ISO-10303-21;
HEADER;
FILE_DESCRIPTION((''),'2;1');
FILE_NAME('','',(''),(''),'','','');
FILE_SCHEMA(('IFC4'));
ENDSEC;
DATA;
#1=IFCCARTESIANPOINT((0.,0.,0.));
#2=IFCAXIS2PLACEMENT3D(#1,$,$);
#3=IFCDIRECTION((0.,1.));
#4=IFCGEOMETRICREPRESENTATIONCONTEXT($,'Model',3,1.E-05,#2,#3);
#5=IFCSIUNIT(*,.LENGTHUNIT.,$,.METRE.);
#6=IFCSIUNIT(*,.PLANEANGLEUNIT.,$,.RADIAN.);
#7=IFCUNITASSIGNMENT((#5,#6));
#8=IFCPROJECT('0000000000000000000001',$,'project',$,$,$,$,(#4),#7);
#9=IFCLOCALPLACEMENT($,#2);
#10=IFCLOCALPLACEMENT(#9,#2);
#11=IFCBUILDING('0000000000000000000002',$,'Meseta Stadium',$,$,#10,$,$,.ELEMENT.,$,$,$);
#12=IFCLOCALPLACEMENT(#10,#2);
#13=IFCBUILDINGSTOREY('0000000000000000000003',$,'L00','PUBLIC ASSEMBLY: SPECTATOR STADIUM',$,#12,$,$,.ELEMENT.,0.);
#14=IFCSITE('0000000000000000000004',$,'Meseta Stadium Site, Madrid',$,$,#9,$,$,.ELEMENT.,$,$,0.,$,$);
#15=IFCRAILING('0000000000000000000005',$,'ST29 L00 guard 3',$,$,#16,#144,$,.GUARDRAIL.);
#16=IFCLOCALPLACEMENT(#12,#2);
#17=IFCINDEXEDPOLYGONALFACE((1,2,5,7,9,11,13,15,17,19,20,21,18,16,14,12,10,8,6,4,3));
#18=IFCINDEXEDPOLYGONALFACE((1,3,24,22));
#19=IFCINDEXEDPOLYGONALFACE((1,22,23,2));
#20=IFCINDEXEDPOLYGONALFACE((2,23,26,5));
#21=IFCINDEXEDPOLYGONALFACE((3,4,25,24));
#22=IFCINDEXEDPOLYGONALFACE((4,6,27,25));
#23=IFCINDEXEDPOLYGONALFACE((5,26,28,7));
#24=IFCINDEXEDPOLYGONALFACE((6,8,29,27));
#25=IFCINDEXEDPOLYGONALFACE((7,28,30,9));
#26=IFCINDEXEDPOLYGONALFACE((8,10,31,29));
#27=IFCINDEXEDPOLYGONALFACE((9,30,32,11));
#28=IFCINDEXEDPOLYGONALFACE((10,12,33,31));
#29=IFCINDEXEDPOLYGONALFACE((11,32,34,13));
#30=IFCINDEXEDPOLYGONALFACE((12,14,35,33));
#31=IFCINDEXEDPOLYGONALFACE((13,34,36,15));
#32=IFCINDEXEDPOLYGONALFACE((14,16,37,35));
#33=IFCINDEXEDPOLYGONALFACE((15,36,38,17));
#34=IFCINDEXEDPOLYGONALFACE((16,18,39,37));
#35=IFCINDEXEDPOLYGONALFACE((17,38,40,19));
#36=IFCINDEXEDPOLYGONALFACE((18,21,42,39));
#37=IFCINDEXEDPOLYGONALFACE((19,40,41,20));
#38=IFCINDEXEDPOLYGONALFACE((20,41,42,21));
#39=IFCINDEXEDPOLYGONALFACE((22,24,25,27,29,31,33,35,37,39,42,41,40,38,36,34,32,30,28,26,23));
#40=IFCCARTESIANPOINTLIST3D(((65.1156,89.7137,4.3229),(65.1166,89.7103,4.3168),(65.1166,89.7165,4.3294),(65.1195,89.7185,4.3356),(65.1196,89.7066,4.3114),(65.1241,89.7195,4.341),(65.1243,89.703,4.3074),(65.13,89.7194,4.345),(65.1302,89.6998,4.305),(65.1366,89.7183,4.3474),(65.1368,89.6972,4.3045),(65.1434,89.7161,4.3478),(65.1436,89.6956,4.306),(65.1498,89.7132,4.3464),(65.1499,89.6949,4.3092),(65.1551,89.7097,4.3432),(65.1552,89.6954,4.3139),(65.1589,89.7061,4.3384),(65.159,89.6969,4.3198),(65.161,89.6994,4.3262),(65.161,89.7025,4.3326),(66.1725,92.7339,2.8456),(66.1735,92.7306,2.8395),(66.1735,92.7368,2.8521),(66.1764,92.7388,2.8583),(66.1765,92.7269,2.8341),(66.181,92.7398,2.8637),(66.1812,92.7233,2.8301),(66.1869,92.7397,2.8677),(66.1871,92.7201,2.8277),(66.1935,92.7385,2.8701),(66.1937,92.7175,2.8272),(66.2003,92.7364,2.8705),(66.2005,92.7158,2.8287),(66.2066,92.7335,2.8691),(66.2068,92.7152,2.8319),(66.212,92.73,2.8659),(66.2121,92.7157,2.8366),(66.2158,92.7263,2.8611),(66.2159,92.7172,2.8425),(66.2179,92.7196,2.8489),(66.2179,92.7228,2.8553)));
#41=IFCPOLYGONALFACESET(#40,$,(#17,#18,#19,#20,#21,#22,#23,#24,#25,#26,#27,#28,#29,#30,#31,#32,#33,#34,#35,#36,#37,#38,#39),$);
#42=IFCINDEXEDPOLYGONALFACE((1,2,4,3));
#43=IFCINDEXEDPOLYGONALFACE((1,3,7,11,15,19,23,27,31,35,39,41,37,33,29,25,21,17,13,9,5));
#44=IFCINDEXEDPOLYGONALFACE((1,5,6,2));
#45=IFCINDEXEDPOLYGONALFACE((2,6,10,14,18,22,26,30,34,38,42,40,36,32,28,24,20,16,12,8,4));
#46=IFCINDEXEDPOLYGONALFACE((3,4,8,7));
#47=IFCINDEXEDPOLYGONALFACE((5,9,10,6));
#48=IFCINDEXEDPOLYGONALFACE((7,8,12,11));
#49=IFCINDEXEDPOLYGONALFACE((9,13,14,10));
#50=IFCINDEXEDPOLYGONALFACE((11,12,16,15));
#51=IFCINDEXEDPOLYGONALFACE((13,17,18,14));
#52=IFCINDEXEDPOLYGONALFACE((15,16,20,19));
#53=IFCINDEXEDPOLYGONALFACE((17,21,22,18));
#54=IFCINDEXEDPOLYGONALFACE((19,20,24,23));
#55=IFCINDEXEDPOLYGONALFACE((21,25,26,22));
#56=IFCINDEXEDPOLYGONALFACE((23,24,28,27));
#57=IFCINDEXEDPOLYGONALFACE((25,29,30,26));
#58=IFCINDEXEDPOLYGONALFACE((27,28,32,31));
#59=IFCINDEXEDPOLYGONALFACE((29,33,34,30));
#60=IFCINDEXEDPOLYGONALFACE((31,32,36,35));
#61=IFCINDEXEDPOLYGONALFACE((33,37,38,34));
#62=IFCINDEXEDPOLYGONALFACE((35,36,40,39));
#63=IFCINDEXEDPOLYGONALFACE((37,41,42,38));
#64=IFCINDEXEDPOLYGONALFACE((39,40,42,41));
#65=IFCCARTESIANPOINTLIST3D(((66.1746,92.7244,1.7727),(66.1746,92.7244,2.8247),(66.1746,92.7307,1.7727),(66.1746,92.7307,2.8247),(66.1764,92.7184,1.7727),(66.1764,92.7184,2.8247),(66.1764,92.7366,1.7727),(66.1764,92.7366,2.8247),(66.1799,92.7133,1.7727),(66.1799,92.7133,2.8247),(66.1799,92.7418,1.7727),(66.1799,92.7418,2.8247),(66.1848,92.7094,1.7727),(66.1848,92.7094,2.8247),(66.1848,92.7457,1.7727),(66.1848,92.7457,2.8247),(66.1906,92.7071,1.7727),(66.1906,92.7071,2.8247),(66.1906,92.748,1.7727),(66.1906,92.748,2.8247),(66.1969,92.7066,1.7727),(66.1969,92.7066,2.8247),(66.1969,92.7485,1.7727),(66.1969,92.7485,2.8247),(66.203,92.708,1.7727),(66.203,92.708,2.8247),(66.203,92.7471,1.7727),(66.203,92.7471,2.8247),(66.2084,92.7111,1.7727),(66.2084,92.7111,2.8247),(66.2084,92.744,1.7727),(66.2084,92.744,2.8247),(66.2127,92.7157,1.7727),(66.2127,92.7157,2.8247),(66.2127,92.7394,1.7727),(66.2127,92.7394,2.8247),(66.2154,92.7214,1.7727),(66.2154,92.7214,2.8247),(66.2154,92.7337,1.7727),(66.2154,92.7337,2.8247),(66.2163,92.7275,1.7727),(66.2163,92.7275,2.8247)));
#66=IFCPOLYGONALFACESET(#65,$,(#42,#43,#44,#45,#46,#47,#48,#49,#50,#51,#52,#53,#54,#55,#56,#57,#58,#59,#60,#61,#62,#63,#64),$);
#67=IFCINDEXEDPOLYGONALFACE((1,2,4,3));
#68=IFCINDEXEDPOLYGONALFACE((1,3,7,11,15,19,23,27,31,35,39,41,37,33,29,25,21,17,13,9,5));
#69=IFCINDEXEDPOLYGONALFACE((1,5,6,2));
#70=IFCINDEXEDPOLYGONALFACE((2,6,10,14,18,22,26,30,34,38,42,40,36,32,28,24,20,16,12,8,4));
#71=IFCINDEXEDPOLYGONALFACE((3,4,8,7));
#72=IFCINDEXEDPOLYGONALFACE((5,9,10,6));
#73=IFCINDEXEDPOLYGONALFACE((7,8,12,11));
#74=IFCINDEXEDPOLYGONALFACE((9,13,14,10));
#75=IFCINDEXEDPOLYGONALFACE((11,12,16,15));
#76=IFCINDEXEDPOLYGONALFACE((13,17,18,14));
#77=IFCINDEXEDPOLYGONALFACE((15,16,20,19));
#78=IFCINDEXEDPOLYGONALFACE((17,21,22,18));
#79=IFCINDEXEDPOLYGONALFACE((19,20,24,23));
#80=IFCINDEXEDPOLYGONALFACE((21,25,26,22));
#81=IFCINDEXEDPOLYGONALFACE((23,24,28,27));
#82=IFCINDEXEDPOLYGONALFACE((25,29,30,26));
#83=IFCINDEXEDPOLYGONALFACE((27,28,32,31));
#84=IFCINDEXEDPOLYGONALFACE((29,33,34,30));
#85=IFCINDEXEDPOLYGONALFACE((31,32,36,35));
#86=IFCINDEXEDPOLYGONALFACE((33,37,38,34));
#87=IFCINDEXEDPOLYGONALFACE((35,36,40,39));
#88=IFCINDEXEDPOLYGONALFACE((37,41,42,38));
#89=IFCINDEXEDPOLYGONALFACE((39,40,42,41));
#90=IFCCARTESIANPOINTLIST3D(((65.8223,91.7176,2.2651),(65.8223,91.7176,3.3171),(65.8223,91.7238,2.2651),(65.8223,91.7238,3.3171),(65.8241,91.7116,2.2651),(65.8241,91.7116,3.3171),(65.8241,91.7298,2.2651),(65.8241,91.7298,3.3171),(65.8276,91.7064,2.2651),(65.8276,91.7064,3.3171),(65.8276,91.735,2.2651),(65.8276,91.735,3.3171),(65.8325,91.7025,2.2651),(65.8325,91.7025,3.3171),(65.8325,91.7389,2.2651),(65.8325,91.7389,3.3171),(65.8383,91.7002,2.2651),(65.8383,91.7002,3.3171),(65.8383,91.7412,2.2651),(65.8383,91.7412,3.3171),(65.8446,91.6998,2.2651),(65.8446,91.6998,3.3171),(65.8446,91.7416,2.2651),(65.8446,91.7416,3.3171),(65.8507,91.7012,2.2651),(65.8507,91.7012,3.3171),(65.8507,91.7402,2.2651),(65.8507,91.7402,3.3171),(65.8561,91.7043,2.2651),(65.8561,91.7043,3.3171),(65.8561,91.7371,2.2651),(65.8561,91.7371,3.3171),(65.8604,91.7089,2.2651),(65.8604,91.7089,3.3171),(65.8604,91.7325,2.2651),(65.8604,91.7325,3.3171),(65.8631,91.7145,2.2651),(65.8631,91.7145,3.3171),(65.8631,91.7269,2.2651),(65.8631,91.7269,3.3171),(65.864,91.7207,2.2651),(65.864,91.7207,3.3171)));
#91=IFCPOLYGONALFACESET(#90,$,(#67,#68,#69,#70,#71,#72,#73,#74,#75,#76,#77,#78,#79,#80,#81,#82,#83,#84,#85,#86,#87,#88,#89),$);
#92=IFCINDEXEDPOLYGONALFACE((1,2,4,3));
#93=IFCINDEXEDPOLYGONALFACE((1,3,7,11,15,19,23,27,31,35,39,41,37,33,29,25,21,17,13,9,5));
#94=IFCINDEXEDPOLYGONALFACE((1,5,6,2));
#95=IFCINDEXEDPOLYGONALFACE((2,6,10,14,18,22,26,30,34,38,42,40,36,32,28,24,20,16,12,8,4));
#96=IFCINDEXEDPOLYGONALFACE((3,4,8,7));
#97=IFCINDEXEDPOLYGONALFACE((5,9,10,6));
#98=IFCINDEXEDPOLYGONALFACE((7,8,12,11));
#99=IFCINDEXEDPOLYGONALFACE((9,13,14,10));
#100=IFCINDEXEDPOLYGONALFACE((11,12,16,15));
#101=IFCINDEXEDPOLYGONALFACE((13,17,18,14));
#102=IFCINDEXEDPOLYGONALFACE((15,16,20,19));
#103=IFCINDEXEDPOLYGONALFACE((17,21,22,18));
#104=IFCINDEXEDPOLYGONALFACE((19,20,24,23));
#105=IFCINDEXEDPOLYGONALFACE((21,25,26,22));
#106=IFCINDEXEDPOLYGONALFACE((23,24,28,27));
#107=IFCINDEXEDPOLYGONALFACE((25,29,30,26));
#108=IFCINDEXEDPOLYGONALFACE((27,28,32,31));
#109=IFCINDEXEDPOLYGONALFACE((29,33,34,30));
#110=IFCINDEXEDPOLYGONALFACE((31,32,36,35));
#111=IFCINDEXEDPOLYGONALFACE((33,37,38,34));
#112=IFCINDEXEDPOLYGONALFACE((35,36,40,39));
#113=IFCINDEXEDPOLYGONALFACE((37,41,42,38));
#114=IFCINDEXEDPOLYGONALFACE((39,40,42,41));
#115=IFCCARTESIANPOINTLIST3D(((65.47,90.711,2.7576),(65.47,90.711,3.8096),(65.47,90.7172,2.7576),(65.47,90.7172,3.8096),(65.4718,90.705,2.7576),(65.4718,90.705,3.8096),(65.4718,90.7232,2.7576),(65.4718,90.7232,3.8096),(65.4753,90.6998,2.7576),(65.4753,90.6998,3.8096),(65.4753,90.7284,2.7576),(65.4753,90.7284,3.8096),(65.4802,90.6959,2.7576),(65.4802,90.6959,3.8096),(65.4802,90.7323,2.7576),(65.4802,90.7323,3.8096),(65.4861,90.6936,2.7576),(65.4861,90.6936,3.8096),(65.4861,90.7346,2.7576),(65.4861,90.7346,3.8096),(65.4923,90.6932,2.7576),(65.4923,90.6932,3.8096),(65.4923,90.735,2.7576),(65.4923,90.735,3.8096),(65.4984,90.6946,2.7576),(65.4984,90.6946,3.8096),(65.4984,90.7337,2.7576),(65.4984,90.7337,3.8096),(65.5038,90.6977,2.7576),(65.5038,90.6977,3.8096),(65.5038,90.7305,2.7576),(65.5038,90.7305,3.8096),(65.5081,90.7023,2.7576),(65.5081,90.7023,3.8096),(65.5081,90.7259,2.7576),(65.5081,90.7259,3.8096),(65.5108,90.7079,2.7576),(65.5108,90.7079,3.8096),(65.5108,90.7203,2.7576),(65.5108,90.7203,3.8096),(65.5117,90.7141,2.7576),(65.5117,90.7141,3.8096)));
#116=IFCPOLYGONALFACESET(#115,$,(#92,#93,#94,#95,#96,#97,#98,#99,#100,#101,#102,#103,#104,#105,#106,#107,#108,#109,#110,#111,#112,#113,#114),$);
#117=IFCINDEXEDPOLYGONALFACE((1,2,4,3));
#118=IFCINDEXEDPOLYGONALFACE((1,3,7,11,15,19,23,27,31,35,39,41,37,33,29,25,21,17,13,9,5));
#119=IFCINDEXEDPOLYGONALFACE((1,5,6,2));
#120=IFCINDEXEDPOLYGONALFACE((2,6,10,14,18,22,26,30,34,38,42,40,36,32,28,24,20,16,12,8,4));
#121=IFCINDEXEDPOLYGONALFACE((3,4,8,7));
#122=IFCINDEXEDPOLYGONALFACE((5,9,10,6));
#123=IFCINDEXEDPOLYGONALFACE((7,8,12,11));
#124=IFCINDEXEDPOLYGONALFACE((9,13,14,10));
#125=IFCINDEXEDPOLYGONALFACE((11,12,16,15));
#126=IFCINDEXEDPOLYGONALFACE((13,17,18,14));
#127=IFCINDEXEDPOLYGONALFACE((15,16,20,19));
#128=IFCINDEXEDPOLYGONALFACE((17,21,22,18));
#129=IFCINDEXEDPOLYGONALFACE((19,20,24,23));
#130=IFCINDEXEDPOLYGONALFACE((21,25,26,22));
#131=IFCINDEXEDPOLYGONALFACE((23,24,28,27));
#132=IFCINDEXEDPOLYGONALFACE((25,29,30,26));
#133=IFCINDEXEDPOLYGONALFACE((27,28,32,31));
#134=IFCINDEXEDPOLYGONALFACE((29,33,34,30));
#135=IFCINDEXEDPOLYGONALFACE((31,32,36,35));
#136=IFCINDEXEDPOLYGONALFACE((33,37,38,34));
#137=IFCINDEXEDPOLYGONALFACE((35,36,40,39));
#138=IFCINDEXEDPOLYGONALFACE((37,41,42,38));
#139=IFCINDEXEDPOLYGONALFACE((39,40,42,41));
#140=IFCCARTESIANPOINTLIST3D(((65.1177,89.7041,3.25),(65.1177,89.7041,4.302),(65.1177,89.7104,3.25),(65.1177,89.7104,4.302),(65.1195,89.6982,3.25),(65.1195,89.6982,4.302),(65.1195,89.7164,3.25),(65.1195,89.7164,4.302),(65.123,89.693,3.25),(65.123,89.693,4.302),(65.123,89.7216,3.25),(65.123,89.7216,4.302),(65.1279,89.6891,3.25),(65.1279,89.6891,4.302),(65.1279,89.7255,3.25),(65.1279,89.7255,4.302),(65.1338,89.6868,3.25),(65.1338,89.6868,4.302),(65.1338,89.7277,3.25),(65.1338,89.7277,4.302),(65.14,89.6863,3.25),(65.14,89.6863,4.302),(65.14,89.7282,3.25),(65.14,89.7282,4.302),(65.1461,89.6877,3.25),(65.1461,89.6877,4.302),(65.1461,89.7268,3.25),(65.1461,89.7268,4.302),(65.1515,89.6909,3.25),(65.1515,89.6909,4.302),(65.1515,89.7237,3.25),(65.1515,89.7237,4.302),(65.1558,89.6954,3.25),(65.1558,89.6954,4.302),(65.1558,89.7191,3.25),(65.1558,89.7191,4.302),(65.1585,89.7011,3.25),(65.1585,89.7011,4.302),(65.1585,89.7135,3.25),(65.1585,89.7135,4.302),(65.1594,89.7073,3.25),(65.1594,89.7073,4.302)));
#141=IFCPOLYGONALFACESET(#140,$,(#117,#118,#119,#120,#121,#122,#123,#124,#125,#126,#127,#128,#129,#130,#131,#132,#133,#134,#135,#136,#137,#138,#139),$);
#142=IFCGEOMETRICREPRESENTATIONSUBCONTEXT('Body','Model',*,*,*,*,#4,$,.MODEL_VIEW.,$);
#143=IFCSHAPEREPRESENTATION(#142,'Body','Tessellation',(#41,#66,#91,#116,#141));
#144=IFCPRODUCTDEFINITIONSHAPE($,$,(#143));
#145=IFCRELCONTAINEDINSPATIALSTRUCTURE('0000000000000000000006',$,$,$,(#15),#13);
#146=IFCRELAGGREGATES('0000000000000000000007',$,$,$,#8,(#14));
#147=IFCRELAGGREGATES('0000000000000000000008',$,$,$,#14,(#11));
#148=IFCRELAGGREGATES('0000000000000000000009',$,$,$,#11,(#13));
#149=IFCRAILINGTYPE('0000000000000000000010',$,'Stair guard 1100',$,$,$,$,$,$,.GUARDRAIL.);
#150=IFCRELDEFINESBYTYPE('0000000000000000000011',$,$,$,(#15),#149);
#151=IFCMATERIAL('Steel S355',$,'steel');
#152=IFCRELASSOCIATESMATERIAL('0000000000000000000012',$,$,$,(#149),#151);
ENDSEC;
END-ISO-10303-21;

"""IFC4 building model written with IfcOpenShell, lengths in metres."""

from ifc_helpers import new_model, si_unit, direction, frame, origin, origin_2d, place, context, subcontext, project, spatial, circle, extrude, material, type_object, element, save


model = new_model("IFC4")

# Units and contexts
model_context = context("Model", 3, precision=1e-05, world=origin(), true_north=direction((0.0, 1.0)))
body_context = subcontext(model_context, "Body", "Model", "MODEL_VIEW")
ifc_project = project(units=[si_unit("LENGTHUNIT", "METRE"), si_unit("PLANEANGLEUNIT", "RADIAN")], contexts=[model_context])

# Site, building, storey
site_placement = place(None, origin())
site = spatial("IfcSite", under=ifc_project, at=site_placement, Name="Meseta Stadium Site, Madrid", CompositionType="ELEMENT", RefElevation=0.0)
building_placement = place(site_placement, origin())
building = spatial("IfcBuilding", under=site, at=building_placement, Name="Meseta Stadium", CompositionType="ELEMENT")
storey_placement = place(building_placement, origin())
storey = spatial("IfcBuildingStorey", under=building, at=storey_placement, Name="L00", Description="PUBLIC ASSEMBLY: SPECTATOR STADIUM", CompositionType="ELEMENT", Elevation=0.0)

# Railing
ifc_material_1 = material(Name="Steel S355", Category="steel")
railing_type_1 = type_object("IfcRailingType", Name="Stair guard 1100", PredefinedType="GUARDRAIL", material=ifc_material_1)
railing_1_placement = place(storey_placement, frame((66.1953, 92.7275, 1.7727)))
element("IfcRailing", 1, at=railing_1_placement, inside=storey, type_object=railing_type_1, Name="ST29 L00 guard 3", PredefinedType="GUARDRAIL", context=body_context, shape_type="SweptSolid", body=[
    extrude(circle(Radius=0.0239, at=origin_2d()), frame((0.0, 0.0, 1.0762), z_axis=(-0.299876, -0.856958, 0.419162), x_axis=(0.943879, -0.330293, 0.0)), (0.0, 0.0, 1.0), 3.5244),
    extrude(circle(Radius=0.021, at=origin_2d()), origin(), (0.0, 0.0, 1.0), 1.052),
    extrude(circle(Radius=0.021, at=origin_2d()), frame((-0.3523, -1.0068, 0.4924)), (0.0, 0.0, 1.0), 1.052),
    extrude(circle(Radius=0.021, at=origin_2d()), frame((-0.7046, -2.0134, 0.9849)), (0.0, 0.0, 1.0), 1.052),
    extrude(circle(Radius=0.021, at=origin_2d()), frame((-1.0569, -3.0203, 1.4773)), (0.0, 0.0, 1.0), 1.052),
])

save(model, "model.ifc")
